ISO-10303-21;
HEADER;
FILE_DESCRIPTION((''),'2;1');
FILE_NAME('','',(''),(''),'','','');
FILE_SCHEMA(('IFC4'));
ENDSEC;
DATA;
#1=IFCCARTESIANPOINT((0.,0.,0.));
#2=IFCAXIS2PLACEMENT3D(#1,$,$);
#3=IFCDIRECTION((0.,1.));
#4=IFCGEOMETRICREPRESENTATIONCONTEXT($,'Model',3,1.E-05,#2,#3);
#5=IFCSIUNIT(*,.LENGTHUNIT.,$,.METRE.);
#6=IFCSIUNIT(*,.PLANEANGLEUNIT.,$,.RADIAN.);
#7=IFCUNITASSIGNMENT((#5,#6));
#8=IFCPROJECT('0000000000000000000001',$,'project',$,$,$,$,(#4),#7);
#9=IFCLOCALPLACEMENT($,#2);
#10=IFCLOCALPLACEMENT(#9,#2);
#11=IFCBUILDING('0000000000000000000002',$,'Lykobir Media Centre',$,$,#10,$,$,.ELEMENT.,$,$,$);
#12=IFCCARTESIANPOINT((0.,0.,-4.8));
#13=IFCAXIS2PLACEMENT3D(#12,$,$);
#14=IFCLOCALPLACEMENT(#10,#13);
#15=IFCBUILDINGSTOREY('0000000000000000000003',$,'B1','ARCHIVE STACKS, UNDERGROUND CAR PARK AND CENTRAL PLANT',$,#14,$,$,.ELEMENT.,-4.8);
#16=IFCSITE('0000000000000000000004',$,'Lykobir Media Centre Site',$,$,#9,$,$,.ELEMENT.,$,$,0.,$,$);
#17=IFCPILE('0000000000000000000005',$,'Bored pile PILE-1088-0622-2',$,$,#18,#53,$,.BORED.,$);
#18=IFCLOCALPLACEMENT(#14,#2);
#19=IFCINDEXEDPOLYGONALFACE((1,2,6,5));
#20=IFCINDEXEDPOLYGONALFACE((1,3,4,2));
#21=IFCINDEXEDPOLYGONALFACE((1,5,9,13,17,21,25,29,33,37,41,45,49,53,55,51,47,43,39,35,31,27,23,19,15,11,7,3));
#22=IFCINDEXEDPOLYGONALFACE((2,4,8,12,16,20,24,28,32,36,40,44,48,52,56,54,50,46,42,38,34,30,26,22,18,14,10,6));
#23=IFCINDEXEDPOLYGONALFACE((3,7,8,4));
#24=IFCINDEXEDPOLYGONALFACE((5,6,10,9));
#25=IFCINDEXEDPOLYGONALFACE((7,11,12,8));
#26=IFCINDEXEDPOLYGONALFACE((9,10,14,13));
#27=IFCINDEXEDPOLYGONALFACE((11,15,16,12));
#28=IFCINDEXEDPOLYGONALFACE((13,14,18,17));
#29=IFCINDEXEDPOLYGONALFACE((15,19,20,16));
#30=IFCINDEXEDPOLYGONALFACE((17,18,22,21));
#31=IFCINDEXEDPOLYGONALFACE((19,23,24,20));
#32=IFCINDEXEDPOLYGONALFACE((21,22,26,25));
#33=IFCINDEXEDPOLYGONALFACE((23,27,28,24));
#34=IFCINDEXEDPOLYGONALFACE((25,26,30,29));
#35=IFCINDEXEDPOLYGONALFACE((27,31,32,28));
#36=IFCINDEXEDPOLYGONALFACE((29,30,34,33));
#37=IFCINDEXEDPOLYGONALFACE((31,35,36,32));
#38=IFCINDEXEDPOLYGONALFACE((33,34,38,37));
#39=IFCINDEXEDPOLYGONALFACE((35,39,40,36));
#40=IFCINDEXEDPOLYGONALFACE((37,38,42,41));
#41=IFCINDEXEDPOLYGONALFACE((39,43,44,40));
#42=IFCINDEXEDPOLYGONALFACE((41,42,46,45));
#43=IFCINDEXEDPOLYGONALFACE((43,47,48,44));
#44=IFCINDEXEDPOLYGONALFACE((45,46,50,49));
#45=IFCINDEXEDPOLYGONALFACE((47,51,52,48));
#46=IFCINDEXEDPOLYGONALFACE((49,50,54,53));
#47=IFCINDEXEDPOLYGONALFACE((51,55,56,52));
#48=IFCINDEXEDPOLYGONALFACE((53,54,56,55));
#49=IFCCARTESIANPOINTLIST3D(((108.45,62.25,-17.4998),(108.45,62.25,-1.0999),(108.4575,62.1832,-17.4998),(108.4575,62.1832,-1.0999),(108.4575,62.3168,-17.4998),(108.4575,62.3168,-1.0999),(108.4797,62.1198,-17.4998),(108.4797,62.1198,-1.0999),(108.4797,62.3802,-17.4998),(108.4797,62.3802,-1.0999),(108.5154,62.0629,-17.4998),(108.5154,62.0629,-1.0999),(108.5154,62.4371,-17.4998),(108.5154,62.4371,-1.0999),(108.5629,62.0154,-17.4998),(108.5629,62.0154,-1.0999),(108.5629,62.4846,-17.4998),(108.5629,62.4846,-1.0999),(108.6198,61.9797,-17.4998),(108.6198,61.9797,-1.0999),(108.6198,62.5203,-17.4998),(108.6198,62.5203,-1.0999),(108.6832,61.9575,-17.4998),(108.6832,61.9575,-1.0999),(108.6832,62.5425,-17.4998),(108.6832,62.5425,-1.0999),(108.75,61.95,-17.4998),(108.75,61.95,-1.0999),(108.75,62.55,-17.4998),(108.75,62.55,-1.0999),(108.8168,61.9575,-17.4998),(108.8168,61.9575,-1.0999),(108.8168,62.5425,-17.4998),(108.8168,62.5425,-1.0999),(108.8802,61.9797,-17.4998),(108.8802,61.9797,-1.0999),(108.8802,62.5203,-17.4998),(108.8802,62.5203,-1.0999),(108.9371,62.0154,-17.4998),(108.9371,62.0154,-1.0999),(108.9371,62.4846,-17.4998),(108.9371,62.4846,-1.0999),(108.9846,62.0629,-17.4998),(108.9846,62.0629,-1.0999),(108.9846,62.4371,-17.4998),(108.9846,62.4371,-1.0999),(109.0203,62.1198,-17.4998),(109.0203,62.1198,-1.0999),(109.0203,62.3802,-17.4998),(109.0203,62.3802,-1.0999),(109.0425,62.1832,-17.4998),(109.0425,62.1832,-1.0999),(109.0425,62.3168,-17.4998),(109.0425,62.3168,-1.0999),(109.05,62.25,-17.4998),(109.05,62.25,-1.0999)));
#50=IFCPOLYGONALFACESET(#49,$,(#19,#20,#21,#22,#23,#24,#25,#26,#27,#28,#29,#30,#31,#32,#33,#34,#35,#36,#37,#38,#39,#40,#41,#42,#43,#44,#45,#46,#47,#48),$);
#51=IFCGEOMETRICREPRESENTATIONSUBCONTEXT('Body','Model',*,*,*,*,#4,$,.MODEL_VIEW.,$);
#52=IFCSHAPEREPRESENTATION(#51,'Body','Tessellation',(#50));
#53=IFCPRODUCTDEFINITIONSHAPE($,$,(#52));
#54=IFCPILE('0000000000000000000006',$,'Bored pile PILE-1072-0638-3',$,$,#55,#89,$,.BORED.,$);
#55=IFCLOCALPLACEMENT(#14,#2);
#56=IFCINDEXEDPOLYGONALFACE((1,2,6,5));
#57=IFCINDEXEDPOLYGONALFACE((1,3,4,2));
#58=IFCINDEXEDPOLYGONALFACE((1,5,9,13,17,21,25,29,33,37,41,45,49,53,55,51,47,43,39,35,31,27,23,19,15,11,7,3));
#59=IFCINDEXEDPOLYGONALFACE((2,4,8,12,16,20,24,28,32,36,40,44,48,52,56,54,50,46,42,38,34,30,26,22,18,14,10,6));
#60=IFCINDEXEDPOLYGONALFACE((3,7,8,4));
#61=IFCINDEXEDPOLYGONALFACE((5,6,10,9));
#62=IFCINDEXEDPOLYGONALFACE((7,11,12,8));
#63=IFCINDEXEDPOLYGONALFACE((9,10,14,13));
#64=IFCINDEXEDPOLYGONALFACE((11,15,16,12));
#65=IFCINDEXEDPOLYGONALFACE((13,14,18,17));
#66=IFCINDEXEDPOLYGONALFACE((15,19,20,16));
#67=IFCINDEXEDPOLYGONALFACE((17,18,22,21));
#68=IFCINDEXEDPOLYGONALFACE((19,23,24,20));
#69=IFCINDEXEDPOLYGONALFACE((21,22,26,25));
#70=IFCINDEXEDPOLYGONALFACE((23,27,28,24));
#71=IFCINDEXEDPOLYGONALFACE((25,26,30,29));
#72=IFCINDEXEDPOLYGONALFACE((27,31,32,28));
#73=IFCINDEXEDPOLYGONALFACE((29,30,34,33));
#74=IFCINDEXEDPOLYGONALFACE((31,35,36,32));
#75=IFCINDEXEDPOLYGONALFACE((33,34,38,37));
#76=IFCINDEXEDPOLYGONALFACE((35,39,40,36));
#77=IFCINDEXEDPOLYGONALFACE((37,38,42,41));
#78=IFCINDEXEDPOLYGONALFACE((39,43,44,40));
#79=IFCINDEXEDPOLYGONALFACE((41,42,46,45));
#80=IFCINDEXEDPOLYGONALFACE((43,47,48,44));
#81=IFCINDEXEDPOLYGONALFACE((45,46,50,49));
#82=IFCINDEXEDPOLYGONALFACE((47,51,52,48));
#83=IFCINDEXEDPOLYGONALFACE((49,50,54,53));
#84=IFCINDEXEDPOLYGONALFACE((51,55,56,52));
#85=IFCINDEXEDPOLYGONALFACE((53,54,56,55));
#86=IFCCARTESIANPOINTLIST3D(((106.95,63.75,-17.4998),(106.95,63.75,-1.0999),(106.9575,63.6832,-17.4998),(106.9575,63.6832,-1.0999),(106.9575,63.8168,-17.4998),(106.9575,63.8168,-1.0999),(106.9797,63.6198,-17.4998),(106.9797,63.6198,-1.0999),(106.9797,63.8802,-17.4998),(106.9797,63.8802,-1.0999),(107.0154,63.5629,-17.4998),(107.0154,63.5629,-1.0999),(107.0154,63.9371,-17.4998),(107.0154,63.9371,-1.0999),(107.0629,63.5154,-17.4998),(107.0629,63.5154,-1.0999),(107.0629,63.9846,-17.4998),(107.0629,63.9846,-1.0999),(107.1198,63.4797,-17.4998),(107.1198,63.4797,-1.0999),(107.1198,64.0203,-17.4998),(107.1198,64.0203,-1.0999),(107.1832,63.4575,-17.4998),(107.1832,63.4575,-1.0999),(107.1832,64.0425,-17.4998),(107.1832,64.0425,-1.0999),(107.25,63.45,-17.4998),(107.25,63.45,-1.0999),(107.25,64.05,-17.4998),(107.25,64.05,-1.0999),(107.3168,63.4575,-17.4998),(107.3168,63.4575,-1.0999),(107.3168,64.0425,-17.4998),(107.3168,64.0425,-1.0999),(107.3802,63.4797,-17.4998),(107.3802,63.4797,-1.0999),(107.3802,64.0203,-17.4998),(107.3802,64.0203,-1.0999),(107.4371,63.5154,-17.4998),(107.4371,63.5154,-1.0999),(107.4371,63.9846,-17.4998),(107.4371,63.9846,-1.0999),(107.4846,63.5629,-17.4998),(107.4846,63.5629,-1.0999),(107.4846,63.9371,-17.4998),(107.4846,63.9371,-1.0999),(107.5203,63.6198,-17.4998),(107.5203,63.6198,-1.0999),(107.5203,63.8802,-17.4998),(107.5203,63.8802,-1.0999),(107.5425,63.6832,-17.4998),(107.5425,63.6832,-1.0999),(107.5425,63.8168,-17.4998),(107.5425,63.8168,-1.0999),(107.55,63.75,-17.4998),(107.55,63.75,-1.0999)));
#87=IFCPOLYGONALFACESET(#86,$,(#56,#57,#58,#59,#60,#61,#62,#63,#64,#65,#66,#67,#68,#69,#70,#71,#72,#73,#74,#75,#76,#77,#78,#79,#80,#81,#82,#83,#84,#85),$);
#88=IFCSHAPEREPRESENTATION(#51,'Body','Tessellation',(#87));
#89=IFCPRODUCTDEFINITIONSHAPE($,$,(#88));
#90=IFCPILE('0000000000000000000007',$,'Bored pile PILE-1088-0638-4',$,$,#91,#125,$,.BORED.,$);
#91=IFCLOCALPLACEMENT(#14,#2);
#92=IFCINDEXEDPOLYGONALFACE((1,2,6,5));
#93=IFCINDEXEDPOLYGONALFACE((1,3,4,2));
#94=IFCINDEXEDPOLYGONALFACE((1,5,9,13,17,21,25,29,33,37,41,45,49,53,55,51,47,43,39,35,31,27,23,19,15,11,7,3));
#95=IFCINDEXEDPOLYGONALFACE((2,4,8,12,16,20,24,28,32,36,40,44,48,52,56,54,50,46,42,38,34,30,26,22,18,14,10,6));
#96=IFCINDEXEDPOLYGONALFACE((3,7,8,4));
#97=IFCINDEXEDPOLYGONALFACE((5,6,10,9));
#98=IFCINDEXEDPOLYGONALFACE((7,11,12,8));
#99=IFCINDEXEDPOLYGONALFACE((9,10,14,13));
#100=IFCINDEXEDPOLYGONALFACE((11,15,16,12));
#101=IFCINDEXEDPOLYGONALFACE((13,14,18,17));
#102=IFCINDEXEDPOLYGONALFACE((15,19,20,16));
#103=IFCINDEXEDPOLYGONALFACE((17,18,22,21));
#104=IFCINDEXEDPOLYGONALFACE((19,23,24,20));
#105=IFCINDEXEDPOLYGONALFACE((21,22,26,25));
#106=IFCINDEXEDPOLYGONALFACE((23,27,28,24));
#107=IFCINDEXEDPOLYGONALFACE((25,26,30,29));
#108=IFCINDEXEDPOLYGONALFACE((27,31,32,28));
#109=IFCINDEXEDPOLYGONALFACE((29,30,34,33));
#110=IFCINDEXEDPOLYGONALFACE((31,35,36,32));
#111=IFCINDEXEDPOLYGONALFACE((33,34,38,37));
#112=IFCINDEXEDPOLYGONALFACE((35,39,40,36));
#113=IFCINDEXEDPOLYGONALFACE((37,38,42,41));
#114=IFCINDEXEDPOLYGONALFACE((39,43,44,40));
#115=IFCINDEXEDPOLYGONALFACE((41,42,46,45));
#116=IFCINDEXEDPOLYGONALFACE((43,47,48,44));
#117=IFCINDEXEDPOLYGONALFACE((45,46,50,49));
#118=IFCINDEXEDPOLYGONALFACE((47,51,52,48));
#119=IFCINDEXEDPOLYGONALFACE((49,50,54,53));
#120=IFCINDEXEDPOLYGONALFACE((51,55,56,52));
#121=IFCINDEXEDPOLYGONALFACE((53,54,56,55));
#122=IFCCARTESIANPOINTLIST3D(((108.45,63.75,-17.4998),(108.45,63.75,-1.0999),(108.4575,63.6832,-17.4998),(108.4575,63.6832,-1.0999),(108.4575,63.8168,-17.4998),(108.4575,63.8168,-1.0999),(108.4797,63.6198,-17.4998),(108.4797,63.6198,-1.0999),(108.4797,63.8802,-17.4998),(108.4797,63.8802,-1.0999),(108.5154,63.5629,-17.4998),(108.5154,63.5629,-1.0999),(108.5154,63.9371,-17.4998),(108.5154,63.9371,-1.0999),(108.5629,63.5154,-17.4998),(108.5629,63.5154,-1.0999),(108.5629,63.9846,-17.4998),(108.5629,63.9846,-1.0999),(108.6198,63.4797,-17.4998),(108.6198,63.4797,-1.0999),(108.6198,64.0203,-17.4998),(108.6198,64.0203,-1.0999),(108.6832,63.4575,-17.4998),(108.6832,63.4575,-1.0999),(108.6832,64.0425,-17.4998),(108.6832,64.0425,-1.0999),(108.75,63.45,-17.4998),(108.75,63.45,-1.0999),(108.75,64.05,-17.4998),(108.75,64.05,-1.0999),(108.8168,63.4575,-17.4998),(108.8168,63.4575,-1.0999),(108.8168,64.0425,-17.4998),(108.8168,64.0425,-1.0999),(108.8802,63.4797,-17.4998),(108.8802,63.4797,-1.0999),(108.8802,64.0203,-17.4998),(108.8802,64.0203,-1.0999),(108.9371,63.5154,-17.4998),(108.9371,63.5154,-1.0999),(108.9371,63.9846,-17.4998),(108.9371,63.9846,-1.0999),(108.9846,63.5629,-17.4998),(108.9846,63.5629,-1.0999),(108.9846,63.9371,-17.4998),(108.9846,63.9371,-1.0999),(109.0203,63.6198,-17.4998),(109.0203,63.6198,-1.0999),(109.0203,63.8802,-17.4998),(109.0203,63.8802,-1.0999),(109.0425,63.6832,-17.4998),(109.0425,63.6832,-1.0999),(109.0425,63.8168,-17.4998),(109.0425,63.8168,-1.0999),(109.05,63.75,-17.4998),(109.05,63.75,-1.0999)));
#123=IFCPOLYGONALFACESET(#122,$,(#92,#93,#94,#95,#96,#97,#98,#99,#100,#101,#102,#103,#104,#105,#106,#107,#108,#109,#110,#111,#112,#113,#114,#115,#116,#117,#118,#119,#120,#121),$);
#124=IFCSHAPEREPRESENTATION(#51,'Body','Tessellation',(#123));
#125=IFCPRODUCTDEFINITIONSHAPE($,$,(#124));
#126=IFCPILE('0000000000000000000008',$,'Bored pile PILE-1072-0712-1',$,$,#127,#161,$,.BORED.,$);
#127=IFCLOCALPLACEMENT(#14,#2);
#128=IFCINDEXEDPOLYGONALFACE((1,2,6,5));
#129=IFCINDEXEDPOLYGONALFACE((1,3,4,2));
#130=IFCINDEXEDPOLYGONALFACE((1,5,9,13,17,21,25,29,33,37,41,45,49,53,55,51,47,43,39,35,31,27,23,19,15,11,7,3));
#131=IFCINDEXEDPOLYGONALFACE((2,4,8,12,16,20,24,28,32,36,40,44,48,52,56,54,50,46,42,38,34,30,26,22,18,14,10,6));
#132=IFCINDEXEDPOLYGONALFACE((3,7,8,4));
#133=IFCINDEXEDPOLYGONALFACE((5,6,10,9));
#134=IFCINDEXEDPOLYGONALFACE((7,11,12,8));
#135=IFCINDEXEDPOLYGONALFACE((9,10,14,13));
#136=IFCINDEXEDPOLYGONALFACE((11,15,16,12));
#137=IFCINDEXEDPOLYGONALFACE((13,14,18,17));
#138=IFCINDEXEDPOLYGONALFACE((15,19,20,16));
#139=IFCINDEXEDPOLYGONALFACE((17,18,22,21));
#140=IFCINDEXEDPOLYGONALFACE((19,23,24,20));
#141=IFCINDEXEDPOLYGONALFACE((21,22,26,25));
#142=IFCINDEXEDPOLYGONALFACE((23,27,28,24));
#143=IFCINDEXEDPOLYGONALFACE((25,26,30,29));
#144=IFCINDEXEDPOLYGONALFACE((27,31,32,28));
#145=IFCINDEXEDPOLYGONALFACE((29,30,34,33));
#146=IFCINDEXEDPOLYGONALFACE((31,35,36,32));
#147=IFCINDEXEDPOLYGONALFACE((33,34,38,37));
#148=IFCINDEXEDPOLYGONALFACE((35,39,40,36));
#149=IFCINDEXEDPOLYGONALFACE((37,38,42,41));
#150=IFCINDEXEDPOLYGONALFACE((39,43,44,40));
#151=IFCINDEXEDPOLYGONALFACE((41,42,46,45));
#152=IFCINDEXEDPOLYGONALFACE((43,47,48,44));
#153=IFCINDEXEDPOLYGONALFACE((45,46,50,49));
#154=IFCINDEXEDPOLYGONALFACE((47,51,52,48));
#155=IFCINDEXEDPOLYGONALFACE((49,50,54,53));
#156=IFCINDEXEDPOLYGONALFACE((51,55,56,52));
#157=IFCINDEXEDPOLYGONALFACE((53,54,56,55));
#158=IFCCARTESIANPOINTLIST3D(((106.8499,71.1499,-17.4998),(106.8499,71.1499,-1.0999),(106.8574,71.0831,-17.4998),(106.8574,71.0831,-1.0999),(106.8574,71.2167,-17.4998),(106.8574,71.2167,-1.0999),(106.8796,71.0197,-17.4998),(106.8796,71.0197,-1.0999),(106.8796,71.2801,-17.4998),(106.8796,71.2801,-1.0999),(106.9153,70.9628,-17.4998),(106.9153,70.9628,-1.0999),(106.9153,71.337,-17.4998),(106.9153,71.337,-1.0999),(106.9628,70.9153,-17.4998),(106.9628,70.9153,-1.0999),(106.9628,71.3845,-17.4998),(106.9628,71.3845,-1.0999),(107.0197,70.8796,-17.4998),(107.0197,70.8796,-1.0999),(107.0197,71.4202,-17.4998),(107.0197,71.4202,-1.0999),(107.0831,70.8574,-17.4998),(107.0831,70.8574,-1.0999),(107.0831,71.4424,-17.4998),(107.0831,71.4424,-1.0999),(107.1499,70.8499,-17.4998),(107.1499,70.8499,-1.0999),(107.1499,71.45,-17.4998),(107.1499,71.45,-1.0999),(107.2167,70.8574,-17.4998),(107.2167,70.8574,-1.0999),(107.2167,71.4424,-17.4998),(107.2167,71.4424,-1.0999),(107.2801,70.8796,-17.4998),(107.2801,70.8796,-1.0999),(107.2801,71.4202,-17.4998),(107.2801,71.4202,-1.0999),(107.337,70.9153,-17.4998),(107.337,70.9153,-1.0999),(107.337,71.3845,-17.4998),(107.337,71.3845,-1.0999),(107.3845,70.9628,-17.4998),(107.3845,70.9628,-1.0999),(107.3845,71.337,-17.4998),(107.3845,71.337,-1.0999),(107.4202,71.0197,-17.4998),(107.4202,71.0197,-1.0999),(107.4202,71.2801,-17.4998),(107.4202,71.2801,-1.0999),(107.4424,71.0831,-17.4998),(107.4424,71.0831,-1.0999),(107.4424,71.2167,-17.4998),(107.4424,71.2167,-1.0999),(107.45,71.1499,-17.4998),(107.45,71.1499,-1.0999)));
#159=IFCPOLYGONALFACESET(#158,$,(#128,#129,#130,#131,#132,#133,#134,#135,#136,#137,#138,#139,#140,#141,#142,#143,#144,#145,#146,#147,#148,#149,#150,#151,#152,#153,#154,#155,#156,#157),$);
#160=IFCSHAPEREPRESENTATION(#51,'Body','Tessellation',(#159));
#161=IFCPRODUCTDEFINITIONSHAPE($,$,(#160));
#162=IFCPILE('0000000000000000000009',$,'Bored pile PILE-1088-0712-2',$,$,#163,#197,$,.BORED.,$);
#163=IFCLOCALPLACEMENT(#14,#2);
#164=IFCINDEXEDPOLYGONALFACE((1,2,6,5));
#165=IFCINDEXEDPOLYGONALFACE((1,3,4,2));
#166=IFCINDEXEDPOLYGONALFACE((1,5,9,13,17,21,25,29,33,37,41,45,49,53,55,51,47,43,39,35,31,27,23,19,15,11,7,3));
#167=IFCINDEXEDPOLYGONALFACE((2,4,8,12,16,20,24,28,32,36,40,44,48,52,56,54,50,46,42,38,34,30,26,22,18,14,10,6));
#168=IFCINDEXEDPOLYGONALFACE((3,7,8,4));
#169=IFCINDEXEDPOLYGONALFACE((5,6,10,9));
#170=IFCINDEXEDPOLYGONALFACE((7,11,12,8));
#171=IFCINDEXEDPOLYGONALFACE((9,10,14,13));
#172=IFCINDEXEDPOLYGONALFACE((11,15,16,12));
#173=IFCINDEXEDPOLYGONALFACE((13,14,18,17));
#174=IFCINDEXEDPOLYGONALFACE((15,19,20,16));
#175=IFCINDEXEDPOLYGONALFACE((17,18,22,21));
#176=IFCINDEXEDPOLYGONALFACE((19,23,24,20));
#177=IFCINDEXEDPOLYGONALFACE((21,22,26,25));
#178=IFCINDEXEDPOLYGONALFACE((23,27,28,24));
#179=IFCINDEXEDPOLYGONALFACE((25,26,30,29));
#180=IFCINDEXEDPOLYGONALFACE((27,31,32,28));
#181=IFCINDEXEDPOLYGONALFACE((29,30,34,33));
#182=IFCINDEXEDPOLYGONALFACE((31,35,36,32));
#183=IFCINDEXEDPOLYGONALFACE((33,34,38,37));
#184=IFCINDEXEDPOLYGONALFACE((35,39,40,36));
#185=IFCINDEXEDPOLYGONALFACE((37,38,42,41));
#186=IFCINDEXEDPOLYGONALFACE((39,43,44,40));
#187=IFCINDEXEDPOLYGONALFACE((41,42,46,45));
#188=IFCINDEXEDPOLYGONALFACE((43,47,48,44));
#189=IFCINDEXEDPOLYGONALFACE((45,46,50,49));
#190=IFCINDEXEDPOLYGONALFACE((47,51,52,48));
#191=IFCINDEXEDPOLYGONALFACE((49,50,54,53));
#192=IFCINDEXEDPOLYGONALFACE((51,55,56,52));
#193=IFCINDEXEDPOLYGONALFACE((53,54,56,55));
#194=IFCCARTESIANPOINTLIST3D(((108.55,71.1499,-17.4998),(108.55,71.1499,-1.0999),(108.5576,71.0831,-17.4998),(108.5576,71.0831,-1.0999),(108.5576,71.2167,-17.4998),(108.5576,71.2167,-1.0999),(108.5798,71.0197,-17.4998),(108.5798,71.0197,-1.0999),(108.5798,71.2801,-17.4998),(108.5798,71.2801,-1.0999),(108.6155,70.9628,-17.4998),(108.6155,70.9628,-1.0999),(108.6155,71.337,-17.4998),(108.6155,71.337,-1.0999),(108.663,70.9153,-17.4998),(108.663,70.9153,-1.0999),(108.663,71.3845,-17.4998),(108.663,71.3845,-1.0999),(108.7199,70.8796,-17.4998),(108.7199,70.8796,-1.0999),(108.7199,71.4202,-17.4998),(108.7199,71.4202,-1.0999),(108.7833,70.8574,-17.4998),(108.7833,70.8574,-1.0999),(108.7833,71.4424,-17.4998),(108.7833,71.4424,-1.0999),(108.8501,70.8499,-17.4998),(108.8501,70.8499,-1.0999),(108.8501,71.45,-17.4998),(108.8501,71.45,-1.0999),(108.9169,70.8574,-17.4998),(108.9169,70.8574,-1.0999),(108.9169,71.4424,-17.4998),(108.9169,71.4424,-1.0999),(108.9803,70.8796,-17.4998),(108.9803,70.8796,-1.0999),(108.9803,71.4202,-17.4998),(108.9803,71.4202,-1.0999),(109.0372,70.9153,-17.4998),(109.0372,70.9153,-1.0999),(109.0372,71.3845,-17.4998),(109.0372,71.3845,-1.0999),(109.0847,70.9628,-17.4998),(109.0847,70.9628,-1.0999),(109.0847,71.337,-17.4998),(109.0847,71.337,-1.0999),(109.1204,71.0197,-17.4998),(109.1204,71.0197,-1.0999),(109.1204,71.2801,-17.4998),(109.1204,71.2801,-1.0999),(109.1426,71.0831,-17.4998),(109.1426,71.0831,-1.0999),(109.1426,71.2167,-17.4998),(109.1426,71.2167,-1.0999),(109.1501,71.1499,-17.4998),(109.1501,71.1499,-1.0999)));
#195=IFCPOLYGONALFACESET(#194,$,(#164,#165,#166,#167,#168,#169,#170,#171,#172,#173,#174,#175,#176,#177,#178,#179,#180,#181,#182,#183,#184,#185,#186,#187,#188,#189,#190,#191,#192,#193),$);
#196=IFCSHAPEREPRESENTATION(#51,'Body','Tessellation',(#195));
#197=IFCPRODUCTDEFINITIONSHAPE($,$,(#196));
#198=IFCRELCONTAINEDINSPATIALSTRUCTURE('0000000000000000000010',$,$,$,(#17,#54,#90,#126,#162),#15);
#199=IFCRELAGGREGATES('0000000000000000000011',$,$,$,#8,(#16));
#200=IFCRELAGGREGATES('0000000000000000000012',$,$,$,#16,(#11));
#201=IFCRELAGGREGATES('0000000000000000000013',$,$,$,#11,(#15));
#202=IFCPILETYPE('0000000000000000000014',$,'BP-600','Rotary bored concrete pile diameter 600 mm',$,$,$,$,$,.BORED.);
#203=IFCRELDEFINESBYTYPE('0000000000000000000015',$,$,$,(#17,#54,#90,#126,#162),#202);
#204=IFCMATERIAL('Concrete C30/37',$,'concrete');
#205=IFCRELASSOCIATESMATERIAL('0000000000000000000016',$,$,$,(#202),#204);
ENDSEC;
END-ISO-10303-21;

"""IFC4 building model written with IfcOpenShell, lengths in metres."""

from ifc_helpers import new_model, si_unit, direction, frame, origin, origin_2d, place, context, subcontext, project, spatial, circle, extrude, material, material_profile, profile_set, type_object, element, save


model = new_model("IFC4")

# Units and contexts
model_context = context("Model", 3, precision=1e-05, world=origin(), true_north=direction((0.0, 1.0)))
body_context = subcontext(model_context, "Body", "Model", "MODEL_VIEW")
ifc_project = project(units=[si_unit("LENGTHUNIT", "METRE"), si_unit("PLANEANGLEUNIT", "RADIAN")], contexts=[model_context])

# Site, building, storey
site_placement = place(None, origin())
site = spatial("IfcSite", under=ifc_project, at=site_placement, Name="Lykobir Media Centre Site", CompositionType="ELEMENT", RefElevation=0.0)
building_placement = place(site_placement, origin())
building = spatial("IfcBuilding", under=site, at=building_placement, Name="Lykobir Media Centre", CompositionType="ELEMENT")
storey_placement = place(building_placement, frame((0.0, 0.0, -4.8)))
storey = spatial("IfcBuildingStorey", under=building, at=storey_placement, Name="B1", Description="ARCHIVE STACKS, UNDERGROUND CAR PARK AND CENTRAL PLANT", CompositionType="ELEMENT", Elevation=-4.8)

# Piles
ifc_material_1 = material(Name="Concrete C30/37", Category="concrete")
ifc_material_profile_1 = material_profile(ifc_material_1, circle(Radius=0.3, at=origin_2d()), Name="BORED PILE D600")
ifc_profile_set_1 = profile_set([ifc_material_profile_1], Name="Concrete C30/37")
pile_type = type_object("IfcPileType", Name="BP-600", Description="Rotary bored concrete pile diameter 600 mm", PredefinedType="BORED", material=ifc_profile_set_1)
for number, where, z_axis, x_axis, name in (
    (1, (108.75, 62.25, -1.0999), (0.0, 0.0, -1.0), (1.0, 0.0, 0.0), "Bored pile PILE-1088-0622-2"),
    (2, (107.25, 63.75, -1.0999), (0.0, 0.0, -1.0), (1.0, 0.0, 0.0), "Bored pile PILE-1072-0638-3"),
    (3, (108.75, 63.75, -1.0999), (0.0, 0.0, -1.0), (1.0, 0.0, 0.0), "Bored pile PILE-1088-0638-4"),
    (4, (107.1499, 71.1499, -1.0999), (0.0, 0.0, -1.0), (1.0, 0.0, 0.0), "Bored pile PILE-1072-0712-1"),
    (5, (108.8501, 71.1499, -1.0999), (0.0, 0.0, -1.0), (1.0, 0.0, 0.0), "Bored pile PILE-1088-0712-2"),
):
    element("IfcPile", number, at=place(storey_placement, frame(where, z_axis=z_axis, x_axis=x_axis)), inside=storey, type_object=pile_type, Name=name, PredefinedType="BORED", context=body_context, shape_type="SweptSolid", body=[
        extrude(circle(Radius=0.3, at=origin_2d()), origin(), (0.0, 0.0, 1.0), 16.3999),
    ])

save(model, "model.ifc")
